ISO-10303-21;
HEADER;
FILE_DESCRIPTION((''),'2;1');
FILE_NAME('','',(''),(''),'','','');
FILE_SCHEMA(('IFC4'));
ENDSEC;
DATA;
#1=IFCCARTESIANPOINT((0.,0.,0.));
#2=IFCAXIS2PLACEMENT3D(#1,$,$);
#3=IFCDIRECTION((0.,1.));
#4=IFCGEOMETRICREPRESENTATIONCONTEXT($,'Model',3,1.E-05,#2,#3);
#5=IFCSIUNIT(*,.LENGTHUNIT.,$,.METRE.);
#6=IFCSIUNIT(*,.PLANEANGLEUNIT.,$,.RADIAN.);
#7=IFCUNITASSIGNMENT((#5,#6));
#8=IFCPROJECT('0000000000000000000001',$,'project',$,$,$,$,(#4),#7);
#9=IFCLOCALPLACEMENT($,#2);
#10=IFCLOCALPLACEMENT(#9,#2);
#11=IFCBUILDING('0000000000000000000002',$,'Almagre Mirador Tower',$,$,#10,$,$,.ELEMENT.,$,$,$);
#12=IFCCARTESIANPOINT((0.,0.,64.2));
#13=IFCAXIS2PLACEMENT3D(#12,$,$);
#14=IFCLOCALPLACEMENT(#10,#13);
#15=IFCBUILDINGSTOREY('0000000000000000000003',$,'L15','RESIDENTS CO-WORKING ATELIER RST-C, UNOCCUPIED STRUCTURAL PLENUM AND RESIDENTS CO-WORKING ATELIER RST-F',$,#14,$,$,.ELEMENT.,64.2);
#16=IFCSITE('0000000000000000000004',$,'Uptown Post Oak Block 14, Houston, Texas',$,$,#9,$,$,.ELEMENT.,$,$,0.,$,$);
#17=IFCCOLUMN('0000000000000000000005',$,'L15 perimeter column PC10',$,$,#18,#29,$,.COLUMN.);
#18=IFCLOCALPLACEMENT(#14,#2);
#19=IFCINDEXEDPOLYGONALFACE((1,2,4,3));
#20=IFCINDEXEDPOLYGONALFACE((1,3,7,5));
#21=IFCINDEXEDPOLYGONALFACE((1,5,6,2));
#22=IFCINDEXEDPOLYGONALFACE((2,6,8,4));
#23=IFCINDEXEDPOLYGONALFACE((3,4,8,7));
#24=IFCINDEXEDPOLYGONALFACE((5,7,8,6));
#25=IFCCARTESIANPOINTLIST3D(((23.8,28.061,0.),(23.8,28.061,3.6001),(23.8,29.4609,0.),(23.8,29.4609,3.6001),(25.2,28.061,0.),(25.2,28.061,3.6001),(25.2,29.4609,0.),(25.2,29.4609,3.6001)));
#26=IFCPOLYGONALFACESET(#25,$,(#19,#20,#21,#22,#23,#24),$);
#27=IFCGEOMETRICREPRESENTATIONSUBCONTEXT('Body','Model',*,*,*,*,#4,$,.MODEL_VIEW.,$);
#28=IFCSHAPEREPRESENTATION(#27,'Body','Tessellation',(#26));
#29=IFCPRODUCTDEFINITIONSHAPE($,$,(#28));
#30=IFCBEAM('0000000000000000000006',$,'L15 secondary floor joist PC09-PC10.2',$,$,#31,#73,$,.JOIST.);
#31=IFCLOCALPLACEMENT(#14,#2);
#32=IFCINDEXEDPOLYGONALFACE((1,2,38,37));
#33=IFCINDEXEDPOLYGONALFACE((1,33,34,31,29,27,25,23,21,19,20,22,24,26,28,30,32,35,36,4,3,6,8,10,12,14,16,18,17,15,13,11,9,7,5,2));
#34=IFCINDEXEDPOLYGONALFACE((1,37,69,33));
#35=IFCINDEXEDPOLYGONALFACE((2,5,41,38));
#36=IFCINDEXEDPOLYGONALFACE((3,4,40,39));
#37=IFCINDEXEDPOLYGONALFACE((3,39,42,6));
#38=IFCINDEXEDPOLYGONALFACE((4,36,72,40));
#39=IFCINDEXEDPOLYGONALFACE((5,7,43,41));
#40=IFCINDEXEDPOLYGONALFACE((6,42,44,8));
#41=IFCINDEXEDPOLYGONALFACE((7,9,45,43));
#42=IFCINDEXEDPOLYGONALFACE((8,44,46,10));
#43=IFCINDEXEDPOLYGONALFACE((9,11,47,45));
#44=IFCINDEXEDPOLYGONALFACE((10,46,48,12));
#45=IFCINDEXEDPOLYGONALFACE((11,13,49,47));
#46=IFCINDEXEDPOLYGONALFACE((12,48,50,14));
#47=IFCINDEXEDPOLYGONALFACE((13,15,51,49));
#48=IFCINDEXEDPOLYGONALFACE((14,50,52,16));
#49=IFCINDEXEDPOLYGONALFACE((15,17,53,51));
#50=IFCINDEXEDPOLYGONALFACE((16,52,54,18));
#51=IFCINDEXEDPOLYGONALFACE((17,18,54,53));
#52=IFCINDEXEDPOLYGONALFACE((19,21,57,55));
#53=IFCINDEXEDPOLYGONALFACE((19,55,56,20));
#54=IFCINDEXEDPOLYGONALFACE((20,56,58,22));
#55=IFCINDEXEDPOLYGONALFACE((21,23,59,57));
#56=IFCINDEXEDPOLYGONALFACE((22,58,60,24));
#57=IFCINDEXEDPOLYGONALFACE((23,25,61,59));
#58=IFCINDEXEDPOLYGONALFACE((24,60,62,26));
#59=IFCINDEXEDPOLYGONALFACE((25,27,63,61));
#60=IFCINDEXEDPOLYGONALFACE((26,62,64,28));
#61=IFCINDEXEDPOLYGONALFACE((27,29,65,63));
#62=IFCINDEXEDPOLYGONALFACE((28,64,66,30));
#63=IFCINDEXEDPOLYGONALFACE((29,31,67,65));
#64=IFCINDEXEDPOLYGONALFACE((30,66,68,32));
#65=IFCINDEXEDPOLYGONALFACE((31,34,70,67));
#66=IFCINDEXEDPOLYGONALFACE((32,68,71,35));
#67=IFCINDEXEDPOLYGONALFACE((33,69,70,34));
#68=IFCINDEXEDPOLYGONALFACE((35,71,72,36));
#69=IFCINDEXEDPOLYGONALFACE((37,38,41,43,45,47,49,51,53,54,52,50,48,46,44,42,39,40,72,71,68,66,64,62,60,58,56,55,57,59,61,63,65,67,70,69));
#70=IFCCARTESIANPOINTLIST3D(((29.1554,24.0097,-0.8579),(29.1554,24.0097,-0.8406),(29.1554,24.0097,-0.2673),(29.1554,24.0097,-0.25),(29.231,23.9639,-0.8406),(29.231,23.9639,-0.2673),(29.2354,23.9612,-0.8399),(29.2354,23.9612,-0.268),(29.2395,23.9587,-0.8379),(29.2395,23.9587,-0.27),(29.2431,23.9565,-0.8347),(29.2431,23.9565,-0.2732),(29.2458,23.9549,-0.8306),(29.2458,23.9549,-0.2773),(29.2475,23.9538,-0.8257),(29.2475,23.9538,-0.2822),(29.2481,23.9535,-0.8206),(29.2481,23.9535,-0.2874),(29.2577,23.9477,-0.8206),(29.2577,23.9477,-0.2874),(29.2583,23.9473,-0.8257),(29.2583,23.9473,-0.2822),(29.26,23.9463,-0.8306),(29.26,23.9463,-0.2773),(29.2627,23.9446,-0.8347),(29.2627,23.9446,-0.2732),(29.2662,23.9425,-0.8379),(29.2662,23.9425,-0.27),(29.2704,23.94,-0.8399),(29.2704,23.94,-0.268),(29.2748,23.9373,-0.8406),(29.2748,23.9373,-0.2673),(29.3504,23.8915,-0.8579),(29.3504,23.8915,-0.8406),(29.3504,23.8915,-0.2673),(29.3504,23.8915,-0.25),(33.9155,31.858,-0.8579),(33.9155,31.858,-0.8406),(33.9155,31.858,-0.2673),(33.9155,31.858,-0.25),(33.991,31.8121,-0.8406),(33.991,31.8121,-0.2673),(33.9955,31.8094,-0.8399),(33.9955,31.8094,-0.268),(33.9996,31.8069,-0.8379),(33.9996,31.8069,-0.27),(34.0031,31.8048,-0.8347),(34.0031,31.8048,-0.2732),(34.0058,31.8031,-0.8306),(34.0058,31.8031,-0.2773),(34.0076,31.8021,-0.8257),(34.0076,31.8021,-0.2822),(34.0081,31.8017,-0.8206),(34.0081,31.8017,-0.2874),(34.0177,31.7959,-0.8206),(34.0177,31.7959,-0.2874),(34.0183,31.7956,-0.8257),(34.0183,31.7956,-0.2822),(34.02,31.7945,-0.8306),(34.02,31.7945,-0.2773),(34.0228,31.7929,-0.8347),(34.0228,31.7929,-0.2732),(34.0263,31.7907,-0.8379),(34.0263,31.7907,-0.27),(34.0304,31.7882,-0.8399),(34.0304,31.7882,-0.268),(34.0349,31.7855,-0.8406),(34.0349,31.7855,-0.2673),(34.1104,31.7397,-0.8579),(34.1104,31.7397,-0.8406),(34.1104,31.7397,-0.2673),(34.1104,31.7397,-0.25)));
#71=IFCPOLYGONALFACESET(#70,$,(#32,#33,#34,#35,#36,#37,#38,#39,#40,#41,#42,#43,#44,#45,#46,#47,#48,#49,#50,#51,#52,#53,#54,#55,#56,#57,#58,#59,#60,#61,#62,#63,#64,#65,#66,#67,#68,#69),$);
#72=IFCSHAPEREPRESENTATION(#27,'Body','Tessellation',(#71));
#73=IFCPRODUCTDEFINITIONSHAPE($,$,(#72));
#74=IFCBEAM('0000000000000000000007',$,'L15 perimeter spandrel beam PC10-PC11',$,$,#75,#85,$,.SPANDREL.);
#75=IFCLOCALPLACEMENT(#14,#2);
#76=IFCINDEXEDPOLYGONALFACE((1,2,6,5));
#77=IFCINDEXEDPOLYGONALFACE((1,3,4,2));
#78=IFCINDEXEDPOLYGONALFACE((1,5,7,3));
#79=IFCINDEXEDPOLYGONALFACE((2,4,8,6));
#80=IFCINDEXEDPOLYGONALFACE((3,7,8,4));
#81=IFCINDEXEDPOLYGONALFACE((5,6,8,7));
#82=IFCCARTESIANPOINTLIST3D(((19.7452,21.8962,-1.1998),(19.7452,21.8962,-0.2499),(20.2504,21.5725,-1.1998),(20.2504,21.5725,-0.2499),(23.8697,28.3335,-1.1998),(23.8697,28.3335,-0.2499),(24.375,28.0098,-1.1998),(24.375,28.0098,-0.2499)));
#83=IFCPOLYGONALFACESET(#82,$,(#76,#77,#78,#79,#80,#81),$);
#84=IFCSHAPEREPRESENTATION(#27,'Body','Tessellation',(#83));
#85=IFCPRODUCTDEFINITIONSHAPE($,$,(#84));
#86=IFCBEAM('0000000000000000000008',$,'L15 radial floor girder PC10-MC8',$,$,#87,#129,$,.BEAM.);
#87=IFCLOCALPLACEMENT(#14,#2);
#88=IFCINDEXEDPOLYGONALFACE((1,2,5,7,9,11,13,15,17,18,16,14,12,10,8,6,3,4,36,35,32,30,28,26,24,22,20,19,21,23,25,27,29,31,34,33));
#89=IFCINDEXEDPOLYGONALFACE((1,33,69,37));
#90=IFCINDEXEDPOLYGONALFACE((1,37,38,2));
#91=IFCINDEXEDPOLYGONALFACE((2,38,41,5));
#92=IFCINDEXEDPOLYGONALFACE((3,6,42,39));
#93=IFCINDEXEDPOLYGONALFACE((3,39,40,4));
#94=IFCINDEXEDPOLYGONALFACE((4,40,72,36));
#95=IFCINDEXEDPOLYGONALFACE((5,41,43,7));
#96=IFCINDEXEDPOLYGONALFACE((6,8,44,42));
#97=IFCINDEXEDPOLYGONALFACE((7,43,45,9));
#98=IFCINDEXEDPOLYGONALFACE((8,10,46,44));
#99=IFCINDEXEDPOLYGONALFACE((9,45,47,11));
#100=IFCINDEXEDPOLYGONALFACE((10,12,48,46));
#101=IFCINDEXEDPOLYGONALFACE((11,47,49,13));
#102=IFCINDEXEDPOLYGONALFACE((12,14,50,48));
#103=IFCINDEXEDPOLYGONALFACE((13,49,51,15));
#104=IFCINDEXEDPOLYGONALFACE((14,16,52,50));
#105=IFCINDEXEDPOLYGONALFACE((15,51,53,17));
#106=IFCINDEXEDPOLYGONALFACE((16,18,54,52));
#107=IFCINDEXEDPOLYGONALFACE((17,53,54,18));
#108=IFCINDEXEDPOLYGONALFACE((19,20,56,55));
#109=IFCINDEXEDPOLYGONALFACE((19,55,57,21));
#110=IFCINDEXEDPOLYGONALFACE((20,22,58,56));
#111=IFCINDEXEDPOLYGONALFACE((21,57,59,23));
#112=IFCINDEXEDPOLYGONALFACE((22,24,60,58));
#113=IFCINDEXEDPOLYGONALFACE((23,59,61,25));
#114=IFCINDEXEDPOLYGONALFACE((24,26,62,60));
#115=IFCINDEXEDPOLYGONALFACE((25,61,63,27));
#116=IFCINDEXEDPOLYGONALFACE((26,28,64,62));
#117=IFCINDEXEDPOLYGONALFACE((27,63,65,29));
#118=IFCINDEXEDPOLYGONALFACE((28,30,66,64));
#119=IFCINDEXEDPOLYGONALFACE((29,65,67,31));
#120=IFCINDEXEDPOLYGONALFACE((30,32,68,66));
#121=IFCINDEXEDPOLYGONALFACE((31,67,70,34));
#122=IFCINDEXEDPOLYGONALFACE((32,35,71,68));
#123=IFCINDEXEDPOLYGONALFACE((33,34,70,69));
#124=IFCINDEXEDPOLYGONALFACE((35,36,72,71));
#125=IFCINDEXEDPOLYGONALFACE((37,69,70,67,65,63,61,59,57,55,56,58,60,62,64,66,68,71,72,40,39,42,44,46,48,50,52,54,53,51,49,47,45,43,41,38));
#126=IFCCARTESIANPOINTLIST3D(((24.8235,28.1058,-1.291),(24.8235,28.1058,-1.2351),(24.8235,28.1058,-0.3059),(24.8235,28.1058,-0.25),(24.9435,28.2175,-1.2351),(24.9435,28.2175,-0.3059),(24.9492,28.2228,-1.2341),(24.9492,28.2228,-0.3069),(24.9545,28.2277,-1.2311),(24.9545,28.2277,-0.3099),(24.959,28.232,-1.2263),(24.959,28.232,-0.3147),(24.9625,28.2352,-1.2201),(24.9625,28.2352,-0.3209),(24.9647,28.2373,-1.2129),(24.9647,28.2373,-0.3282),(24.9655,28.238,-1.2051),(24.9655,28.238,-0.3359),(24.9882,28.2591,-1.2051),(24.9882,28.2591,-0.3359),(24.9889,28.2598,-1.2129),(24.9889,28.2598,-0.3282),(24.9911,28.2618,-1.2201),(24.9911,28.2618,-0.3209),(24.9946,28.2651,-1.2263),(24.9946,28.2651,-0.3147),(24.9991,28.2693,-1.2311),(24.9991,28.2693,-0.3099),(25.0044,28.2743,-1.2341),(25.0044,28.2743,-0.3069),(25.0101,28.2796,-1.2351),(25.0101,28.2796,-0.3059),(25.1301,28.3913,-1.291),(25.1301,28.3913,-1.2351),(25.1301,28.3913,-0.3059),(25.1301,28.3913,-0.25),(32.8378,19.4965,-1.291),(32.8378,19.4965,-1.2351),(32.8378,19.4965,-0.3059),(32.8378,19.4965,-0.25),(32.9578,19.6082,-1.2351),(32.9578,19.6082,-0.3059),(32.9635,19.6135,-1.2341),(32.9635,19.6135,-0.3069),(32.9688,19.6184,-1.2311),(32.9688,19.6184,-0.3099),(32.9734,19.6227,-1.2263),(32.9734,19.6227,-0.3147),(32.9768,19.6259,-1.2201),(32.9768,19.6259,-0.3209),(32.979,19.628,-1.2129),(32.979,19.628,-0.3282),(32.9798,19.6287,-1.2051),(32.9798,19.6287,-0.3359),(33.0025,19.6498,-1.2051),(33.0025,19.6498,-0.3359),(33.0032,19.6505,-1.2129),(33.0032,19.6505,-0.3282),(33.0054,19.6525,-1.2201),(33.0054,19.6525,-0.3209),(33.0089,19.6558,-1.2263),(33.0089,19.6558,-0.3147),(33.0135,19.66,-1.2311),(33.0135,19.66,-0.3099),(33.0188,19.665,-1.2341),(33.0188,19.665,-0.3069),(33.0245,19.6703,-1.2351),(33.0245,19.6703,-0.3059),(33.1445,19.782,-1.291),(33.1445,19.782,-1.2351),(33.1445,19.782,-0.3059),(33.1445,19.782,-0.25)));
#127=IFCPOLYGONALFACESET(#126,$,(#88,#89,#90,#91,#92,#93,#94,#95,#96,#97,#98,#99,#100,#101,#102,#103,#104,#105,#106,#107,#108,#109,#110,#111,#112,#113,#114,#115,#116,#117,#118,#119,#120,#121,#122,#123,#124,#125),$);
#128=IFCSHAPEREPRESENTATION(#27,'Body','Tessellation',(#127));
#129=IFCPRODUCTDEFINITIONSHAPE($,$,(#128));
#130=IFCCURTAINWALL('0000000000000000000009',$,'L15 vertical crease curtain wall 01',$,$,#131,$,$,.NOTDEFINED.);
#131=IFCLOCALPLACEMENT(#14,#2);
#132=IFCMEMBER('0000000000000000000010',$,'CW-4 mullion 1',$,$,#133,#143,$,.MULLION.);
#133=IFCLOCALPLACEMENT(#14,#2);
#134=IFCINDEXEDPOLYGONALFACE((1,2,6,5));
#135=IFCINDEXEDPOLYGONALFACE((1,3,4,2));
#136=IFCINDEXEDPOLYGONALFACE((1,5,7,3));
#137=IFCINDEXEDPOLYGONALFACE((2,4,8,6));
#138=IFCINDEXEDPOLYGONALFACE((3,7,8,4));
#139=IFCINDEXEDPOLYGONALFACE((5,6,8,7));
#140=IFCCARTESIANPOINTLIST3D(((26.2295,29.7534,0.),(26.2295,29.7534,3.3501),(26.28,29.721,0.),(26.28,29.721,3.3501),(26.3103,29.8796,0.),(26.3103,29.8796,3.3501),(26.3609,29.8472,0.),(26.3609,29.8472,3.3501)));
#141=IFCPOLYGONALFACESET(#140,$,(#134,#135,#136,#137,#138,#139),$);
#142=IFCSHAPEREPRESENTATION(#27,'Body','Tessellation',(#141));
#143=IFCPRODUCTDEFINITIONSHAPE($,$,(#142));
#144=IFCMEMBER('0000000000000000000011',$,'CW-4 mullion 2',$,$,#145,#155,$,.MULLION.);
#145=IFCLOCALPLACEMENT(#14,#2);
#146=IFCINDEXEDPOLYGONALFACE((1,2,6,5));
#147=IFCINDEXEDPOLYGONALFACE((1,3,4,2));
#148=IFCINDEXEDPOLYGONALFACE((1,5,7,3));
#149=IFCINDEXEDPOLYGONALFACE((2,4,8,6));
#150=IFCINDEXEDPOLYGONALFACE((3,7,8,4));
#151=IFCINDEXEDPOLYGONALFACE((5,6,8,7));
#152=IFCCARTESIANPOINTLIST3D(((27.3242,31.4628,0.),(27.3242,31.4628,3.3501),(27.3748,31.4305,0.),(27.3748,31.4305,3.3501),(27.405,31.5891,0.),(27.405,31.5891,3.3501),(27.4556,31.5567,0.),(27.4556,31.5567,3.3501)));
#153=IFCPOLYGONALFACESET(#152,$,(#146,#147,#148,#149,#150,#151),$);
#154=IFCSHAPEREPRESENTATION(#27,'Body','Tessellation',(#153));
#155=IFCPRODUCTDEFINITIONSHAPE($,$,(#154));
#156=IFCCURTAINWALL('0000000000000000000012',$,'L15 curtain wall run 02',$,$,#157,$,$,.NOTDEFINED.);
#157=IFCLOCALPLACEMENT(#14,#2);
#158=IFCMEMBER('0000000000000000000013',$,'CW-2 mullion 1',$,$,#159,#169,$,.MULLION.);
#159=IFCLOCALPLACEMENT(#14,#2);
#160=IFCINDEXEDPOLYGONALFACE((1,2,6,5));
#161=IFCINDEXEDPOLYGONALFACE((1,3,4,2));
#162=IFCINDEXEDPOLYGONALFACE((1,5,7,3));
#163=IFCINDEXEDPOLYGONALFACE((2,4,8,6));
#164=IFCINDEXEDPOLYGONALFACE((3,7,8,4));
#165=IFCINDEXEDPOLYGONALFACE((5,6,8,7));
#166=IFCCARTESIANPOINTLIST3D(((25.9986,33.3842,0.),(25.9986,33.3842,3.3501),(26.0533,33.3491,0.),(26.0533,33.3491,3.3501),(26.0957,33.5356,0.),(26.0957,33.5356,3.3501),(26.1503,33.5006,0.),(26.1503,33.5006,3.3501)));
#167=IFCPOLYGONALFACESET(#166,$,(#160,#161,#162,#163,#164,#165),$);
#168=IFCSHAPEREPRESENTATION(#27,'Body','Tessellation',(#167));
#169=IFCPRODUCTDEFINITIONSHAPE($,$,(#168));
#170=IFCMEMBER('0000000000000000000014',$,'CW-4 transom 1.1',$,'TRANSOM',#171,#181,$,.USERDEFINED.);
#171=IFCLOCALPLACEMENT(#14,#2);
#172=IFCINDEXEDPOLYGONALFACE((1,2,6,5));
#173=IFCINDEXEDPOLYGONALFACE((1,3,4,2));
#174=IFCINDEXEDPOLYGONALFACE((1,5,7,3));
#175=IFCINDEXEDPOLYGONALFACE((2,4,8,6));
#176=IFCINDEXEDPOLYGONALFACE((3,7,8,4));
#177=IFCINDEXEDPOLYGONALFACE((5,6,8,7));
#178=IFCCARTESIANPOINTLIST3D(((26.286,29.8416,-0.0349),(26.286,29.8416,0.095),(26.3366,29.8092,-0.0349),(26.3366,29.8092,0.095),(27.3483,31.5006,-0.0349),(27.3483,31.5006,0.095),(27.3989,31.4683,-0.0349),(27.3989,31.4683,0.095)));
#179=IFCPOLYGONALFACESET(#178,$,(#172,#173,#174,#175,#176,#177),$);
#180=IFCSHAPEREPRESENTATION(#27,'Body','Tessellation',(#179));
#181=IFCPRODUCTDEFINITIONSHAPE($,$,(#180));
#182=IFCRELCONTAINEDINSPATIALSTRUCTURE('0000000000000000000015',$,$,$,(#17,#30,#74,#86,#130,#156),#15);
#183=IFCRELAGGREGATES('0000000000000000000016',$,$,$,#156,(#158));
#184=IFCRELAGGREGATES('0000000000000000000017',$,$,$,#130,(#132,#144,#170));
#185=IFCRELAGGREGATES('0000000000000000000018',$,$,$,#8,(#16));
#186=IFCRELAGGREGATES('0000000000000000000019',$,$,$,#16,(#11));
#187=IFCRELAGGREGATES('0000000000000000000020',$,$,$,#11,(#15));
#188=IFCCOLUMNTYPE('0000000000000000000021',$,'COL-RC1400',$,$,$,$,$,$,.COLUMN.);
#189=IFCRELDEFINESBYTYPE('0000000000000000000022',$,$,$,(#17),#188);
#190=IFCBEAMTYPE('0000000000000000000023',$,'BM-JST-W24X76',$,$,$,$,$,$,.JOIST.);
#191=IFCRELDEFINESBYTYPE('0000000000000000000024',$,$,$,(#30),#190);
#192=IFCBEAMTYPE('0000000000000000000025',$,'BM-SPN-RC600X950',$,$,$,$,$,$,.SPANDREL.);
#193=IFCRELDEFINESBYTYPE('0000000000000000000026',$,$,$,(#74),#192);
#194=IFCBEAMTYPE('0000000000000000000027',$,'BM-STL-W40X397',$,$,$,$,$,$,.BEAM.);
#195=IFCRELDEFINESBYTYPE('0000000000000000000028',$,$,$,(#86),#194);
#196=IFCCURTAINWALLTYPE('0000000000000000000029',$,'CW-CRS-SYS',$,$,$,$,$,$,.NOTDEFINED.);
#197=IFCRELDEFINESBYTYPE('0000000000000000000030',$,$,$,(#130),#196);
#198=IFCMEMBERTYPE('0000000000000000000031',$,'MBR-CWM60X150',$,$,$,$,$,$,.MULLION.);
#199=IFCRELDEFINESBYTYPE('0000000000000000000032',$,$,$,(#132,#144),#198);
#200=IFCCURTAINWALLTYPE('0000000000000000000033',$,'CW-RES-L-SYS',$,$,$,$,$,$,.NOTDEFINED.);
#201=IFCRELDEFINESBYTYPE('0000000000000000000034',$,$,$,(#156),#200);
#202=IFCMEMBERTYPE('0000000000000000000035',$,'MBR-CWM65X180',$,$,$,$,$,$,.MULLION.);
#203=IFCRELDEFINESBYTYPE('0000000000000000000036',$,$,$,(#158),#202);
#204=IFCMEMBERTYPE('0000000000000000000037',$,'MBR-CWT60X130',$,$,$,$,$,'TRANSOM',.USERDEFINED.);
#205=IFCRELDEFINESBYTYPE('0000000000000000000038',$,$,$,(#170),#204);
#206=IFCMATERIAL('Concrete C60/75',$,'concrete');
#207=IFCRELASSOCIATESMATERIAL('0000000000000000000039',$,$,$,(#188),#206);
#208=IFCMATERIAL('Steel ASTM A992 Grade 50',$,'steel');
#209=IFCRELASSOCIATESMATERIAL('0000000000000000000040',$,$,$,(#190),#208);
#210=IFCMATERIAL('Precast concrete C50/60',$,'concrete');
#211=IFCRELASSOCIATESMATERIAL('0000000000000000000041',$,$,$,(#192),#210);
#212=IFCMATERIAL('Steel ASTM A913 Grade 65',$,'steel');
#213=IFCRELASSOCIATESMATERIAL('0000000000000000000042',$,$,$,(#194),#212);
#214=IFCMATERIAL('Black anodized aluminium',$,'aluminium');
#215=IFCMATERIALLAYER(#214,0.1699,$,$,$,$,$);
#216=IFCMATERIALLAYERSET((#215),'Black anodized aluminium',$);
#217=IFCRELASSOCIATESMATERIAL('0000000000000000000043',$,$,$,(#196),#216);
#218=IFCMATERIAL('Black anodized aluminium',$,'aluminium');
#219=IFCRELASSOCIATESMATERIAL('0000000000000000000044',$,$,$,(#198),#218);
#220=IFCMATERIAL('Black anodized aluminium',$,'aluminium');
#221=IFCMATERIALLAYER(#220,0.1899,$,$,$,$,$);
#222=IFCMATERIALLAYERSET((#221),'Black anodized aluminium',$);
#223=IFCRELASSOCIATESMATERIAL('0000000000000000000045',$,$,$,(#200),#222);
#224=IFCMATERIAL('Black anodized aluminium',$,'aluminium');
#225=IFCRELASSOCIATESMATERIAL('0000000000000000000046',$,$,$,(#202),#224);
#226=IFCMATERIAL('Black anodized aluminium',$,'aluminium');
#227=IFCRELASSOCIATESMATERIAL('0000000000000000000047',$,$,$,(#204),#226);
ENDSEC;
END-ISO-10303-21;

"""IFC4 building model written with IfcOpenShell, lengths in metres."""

from ifc_helpers import new_model, si_unit, direction, frame, origin, origin_2d, place, context, subcontext, project, spatial, rectangle, i_section, extrude, material, layer, layer_set, material_profile, profile_set, type_object, element, aggregate, save


model = new_model("IFC4")

# Units and contexts
model_context = context("Model", 3, precision=1e-05, world=origin(), true_north=direction((0.0, 1.0)))
body_context = subcontext(model_context, "Body", "Model", "MODEL_VIEW")
ifc_project = project(units=[si_unit("LENGTHUNIT", "METRE"), si_unit("PLANEANGLEUNIT", "RADIAN")], contexts=[model_context])

# Site, building, storey
site_placement = place(None, origin())
site = spatial("IfcSite", under=ifc_project, at=site_placement, Name="Uptown Post Oak Block 14, Houston, Texas", CompositionType="ELEMENT", RefElevation=0.0)
building_placement = place(site_placement, origin())
building = spatial("IfcBuilding", under=site, at=building_placement, Name="Almagre Mirador Tower", CompositionType="ELEMENT")
storey_placement = place(building_placement, frame((0.0, 0.0, 64.2)))
storey = spatial("IfcBuildingStorey", under=building, at=storey_placement, Name="L15", Description="RESIDENTS CO-WORKING ATELIER RST-C, UNOCCUPIED STRUCTURAL PLENUM AND RESIDENTS CO-WORKING ATELIER RST-F", CompositionType="ELEMENT", Elevation=64.2)

# Column
ifc_material_1 = material(Name="Concrete C60/75", Category="concrete")
ifc_material_profile_1 = material_profile(ifc_material_1, rectangle(XDim=1.3999, YDim=1.3999, at=origin_2d()), Name="RC1400X1400")
ifc_profile_set_1 = profile_set([ifc_material_profile_1], Name="Concrete C60/75")
column_type = type_object("IfcColumnType", Name="COL-RC1400", PredefinedType="COLUMN", material=ifc_profile_set_1)
column_placement = place(storey_placement, frame((24.5, 28.761, 0.0), z_axis=(0.0, 0.0, 1.0), x_axis=(1.0, 0.0, 0.0)))
element("IfcColumn", 1, at=column_placement, inside=storey, type_object=column_type, Name="L15 perimeter column PC10", PredefinedType="COLUMN", context=body_context, shape_type="SweptSolid", body=[
    extrude(rectangle(XDim=1.3999, YDim=1.3999, at=origin_2d()), origin(), (0.0, 0.0, 1.0), 3.6001),
])

# Beams
ifc_material_2 = material(Name="Steel ASTM A992 Grade 50", Category="steel")
ifc_material_profile_2 = material_profile(ifc_material_2, i_section(OverallWidth=0.228, OverallDepth=0.6079, WebThickness=0.0112, FlangeThickness=0.0173, FilletRadius=0.02, at=origin_2d()), Name="W24X76")
ifc_profile_set_2 = profile_set([ifc_material_profile_2], Name="Steel ASTM A992 Grade 50")
beam_type_1 = type_object("IfcBeamType", Name="BM-JST-W24X76", PredefinedType="JOIST", material=ifc_profile_set_2)
beam_1_placement = place(storey_placement, frame((34.0129, 31.7988, -0.554), z_axis=(-0.518585, -0.855026, 0.0), x_axis=(0.855026, -0.518585, 0.0)))
element("IfcBeam", 2, at=beam_1_placement, inside=storey, type_object=beam_type_1, Name="L15 secondary floor joist PC09-PC10.2", PredefinedType="JOIST", context=body_context, shape_type="SweptSolid", body=[
    extrude(i_section(OverallWidth=0.228, OverallDepth=0.6079, WebThickness=0.0112, FlangeThickness=0.0173, FilletRadius=0.02, at=origin_2d()), origin(), (0.0, 0.0, 1.0), 9.179),
])
ifc_material_3 = material(Name="Precast concrete C50/60", Category="concrete")
ifc_material_profile_3 = material_profile(ifc_material_3, rectangle(XDim=0.6001, YDim=0.95, at=origin_2d()), Name="RC600X950")
ifc_profile_set_3 = profile_set([ifc_material_profile_3], Name="Precast concrete C50/60")
beam_type_2 = type_object("IfcBeamType", Name="BM-SPN-RC600X950", PredefinedType="SPANDREL", material=ifc_profile_set_3)
beam_2_placement = place(storey_placement, frame((24.1223, 28.1716, -0.7249), z_axis=(-0.539487, -0.841994, 0.0), x_axis=(0.841994, -0.539487, 0.0)))
element("IfcBeam", 3, at=beam_2_placement, inside=storey, type_object=beam_type_2, Name="L15 perimeter spandrel beam PC10-PC11", PredefinedType="SPANDREL", context=body_context, shape_type="SweptSolid", body=[
    extrude(rectangle(XDim=0.6001, YDim=0.95, at=origin_2d()), origin(), (0.0, 0.0, 1.0), 7.6453),
])
ifc_material_4 = material(Name="Steel ASTM A913 Grade 65", Category="steel")
ifc_material_profile_4 = material_profile(ifc_material_4, i_section(OverallWidth=0.4189, OverallDepth=1.041, WebThickness=0.031, FlangeThickness=0.0559, FilletRadius=0.03, at=origin_2d()), Name="W40X397")
ifc_profile_set_4 = profile_set([ifc_material_profile_4], Name="Steel ASTM A913 Grade 65")
beam_type_3 = type_object("IfcBeamType", Name="BM-STL-W40X397", PredefinedType="BEAM", material=ifc_profile_set_4)
beam_3_placement = place(storey_placement, frame((24.9768, 28.2485, -0.7705), z_axis=(0.681363, -0.731946, 0.0), x_axis=(0.731946, 0.681363, 0.0)))
element("IfcBeam", 4, at=beam_3_placement, inside=storey, type_object=beam_type_3, Name="L15 radial floor girder PC10-MC8", PredefinedType="BEAM", context=body_context, shape_type="SweptSolid", body=[
    extrude(i_section(OverallWidth=0.4189, OverallDepth=1.041, WebThickness=0.031, FlangeThickness=0.0559, FilletRadius=0.03, at=origin_2d()), origin(), (0.0, 0.0, 1.0), 11.7622),
])

# Curtain wall, members
ifc_material_5 = material(Name="Black anodized aluminium", Category="aluminium")
ifc_layer_1 = layer(ifc_material_5, 0.1699)
ifc_layer_set_1 = layer_set([ifc_layer_1], Name="Black anodized aluminium")
curtain_wall_type_1 = type_object("IfcCurtainWallType", Name="CW-CRS-SYS", PredefinedType="NOTDEFINED", material=ifc_layer_set_1)
curtain_wall_1_placement = place(storey_placement, origin())
curtain_wall_1 = element("IfcCurtainWall", 5, at=curtain_wall_1_placement, inside=storey, type_object=curtain_wall_type_1, Name="L15 vertical crease curtain wall 01", PredefinedType="NOTDEFINED")
ifc_material_6 = material(Name="Black anodized aluminium", Category="aluminium")
ifc_material_profile_5 = material_profile(ifc_material_6, rectangle(XDim=0.0601, YDim=0.1499, at=origin_2d()), Name="CWM60X150")
ifc_profile_set_5 = profile_set([ifc_material_profile_5], Name="Black anodized aluminium")
member_type_1 = type_object("IfcMemberType", Name="MBR-CWM60X150", PredefinedType="MULLION", material=ifc_profile_set_5)
member_1_placement = place(storey_placement, frame((26.2952, 29.8003, 0.0), z_axis=(0.0, 0.0, 1.0), x_axis=(-0.842141, 0.539257, 0.0)))
member_1 = element("IfcMember", 6, at=member_1_placement, type_object=member_type_1, Name="CW-4 mullion 1", PredefinedType="MULLION", context=body_context, shape_type="SweptSolid", body=[
    extrude(rectangle(XDim=0.0601, YDim=0.1499, at=origin_2d()), origin(), (0.0, 0.0, 1.0), 3.3501),
])
member_2_placement = place(storey_placement, frame((27.3899, 31.5098, 0.0), z_axis=(0.0, 0.0, 1.0), x_axis=(-0.842141, 0.539257, 0.0)))
member_2 = element("IfcMember", 7, at=member_2_placement, type_object=member_type_1, Name="CW-4 mullion 2", PredefinedType="MULLION", context=body_context, shape_type="SweptSolid", body=[
    extrude(rectangle(XDim=0.0601, YDim=0.1499, at=origin_2d()), origin(), (0.0, 0.0, 1.0), 3.3501),
])

# Curtain wall, member
ifc_material_7 = material(Name="Black anodized aluminium", Category="aluminium")
ifc_layer_2 = layer(ifc_material_7, 0.1899)
ifc_layer_set_2 = layer_set([ifc_layer_2], Name="Black anodized aluminium")
curtain_wall_type_2 = type_object("IfcCurtainWallType", Name="CW-RES-L-SYS", PredefinedType="NOTDEFINED", material=ifc_layer_set_2)
curtain_wall_2_placement = place(storey_placement, origin())
curtain_wall_2 = element("IfcCurtainWall", 8, at=curtain_wall_2_placement, inside=storey, type_object=curtain_wall_type_2, Name="L15 curtain wall run 02", PredefinedType="NOTDEFINED")
ifc_material_8 = material(Name="Black anodized aluminium", Category="aluminium")
ifc_material_profile_6 = material_profile(ifc_material_8, rectangle(XDim=0.0649, YDim=0.1799, at=origin_2d()), Name="CWM65X180")
ifc_profile_set_6 = profile_set([ifc_material_profile_6], Name="Black anodized aluminium")
member_type_2 = type_object("IfcMemberType", Name="MBR-CWM65X180", PredefinedType="MULLION", material=ifc_profile_set_6)
member_3_placement = place(storey_placement, frame((26.0745, 33.4424, 0.0), z_axis=(0.0, 0.0, 1.0), x_axis=(-0.841958, 0.539544, 0.0)))
member_3 = element("IfcMember", 9, at=member_3_placement, type_object=member_type_2, Name="CW-2 mullion 1", PredefinedType="MULLION", context=body_context, shape_type="SweptSolid", body=[
    extrude(rectangle(XDim=0.0649, YDim=0.1799, at=origin_2d()), origin(), (0.0, 0.0, 1.0), 3.3501),
])
aggregate(curtain_wall_2, [member_3])

# Member
ifc_material_9 = material(Name="Black anodized aluminium", Category="aluminium")
ifc_material_profile_7 = material_profile(ifc_material_9, rectangle(XDim=0.0601, YDim=0.1299, at=origin_2d()), Name="CWT60X130")
ifc_profile_set_7 = profile_set([ifc_material_profile_7], Name="Black anodized aluminium")
member_type_3 = type_object("IfcMemberType", Name="MBR-CWT60X130", ElementType="TRANSOM", PredefinedType="USERDEFINED", material=ifc_profile_set_7)
member_4_placement = place(storey_placement, frame((26.3113, 29.8254, 0.03), z_axis=(0.539247, 0.842148, 0.0), x_axis=(-0.842148, 0.539247, 0.0)))
member_4 = element("IfcMember", 10, at=member_4_placement, type_object=member_type_3, Name="CW-4 transom 1.1", ObjectType="TRANSOM", PredefinedType="USERDEFINED", context=body_context, shape_type="SweptSolid", body=[
    extrude(rectangle(XDim=0.0601, YDim=0.1299, at=origin_2d()), origin(), (0.0, 0.0, 1.0), 1.97),
])

aggregate(curtain_wall_1, [member_1, member_2, member_4])

save(model, "model.ifc")
